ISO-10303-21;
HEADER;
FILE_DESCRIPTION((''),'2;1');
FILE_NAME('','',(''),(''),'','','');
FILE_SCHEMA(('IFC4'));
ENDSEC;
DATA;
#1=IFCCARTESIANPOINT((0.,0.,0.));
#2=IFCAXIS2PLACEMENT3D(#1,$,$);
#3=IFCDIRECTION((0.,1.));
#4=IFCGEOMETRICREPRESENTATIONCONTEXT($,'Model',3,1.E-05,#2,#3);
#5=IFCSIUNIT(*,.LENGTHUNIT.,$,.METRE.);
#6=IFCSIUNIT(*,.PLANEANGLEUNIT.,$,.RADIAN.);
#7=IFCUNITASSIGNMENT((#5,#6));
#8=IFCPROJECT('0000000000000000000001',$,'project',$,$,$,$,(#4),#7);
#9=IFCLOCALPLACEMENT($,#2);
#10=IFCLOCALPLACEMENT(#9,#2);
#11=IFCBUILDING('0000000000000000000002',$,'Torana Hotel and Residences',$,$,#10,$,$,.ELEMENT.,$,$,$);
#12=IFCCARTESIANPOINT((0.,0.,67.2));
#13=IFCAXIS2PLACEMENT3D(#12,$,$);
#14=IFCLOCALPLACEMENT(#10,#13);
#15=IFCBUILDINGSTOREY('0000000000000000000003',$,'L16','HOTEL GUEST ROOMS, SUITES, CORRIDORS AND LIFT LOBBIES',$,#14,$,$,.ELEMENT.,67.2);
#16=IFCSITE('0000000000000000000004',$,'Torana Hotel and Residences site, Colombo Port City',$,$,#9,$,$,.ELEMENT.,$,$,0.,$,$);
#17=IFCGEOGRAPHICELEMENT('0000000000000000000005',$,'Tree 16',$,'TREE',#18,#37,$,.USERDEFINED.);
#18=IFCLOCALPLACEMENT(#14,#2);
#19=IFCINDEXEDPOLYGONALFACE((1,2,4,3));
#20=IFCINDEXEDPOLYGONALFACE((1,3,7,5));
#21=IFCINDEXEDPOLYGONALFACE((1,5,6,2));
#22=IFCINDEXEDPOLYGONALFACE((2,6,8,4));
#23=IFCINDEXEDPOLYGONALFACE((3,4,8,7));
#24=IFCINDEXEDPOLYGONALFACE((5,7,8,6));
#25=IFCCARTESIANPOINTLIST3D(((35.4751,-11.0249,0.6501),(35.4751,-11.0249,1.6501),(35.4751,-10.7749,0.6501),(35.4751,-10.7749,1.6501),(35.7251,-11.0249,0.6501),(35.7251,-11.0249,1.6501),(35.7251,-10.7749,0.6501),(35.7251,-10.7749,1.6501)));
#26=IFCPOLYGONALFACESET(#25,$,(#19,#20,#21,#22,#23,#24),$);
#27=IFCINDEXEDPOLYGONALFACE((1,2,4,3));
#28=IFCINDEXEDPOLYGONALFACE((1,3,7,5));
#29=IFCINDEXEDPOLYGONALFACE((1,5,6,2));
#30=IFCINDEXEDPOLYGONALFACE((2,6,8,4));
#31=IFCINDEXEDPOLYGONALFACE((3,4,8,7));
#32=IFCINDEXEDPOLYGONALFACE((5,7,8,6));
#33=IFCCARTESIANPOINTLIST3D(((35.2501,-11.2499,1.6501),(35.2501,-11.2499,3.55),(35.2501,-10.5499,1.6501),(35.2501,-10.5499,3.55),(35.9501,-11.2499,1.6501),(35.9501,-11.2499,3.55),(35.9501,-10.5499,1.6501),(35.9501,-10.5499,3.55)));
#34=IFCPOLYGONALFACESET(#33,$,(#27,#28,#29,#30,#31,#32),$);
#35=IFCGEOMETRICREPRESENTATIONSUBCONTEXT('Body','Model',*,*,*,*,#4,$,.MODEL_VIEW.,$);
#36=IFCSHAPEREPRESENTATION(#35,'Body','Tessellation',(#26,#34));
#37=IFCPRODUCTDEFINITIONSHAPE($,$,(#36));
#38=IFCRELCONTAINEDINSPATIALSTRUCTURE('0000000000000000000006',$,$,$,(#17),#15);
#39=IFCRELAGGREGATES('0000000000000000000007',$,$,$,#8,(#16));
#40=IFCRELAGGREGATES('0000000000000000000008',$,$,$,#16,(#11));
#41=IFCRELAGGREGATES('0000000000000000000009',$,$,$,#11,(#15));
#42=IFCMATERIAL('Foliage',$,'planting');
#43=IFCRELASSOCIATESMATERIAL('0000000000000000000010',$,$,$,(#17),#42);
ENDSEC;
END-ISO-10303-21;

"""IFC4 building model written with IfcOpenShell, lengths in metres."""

from ifc_helpers import new_model, si_unit, direction, frame, origin, origin_2d, place, context, subcontext, project, spatial, rectangle, extrude, material, element, save


model = new_model("IFC4")

# Units and contexts
model_context = context("Model", 3, precision=1e-05, world=origin(), true_north=direction((0.0, 1.0)))
body_context = subcontext(model_context, "Body", "Model", "MODEL_VIEW")
ifc_project = project(units=[si_unit("LENGTHUNIT", "METRE"), si_unit("PLANEANGLEUNIT", "RADIAN")], contexts=[model_context])

# Site, building, storey
site_placement = place(None, origin())
site = spatial("IfcSite", under=ifc_project, at=site_placement, Name="Torana Hotel and Residences site, Colombo Port City", CompositionType="ELEMENT", RefElevation=0.0)
building_placement = place(site_placement, origin())
building = spatial("IfcBuilding", under=site, at=building_placement, Name="Torana Hotel and Residences", CompositionType="ELEMENT")
storey_placement = place(building_placement, frame((0.0, 0.0, 67.2)))
storey = spatial("IfcBuildingStorey", under=building, at=storey_placement, Name="L16", Description="HOTEL GUEST ROOMS, SUITES, CORRIDORS AND LIFT LOBBIES", CompositionType="ELEMENT", Elevation=67.2)

# Geographic element
ifc_material_1 = material(Name="Foliage", Category="planting")
for number, where, z_axis, x_axis, name in (
    (1, (35.6001, -10.8999, 0.6501), (0.0, 0.0, 1.0), (1.0, 0.0, 0.0), "Tree 16"),
):
    element("IfcGeographicElement", number, at=place(storey_placement, frame(where, z_axis=z_axis, x_axis=x_axis)), inside=storey, material=ifc_material_1, Name=name, ObjectType="TREE", PredefinedType="USERDEFINED", context=body_context, shape_type="SweptSolid", body=[
        extrude(rectangle(XDim=0.25, YDim=0.25, at=origin_2d()), origin(), (0.0, 0.0, 1.0), 1.0),
        extrude(rectangle(XDim=0.7, YDim=0.7, at=origin_2d()), frame((0.0, 0.0, 1.0)), (0.0, 0.0, 1.0), 1.8999),
    ])

save(model, "model.ifc")
